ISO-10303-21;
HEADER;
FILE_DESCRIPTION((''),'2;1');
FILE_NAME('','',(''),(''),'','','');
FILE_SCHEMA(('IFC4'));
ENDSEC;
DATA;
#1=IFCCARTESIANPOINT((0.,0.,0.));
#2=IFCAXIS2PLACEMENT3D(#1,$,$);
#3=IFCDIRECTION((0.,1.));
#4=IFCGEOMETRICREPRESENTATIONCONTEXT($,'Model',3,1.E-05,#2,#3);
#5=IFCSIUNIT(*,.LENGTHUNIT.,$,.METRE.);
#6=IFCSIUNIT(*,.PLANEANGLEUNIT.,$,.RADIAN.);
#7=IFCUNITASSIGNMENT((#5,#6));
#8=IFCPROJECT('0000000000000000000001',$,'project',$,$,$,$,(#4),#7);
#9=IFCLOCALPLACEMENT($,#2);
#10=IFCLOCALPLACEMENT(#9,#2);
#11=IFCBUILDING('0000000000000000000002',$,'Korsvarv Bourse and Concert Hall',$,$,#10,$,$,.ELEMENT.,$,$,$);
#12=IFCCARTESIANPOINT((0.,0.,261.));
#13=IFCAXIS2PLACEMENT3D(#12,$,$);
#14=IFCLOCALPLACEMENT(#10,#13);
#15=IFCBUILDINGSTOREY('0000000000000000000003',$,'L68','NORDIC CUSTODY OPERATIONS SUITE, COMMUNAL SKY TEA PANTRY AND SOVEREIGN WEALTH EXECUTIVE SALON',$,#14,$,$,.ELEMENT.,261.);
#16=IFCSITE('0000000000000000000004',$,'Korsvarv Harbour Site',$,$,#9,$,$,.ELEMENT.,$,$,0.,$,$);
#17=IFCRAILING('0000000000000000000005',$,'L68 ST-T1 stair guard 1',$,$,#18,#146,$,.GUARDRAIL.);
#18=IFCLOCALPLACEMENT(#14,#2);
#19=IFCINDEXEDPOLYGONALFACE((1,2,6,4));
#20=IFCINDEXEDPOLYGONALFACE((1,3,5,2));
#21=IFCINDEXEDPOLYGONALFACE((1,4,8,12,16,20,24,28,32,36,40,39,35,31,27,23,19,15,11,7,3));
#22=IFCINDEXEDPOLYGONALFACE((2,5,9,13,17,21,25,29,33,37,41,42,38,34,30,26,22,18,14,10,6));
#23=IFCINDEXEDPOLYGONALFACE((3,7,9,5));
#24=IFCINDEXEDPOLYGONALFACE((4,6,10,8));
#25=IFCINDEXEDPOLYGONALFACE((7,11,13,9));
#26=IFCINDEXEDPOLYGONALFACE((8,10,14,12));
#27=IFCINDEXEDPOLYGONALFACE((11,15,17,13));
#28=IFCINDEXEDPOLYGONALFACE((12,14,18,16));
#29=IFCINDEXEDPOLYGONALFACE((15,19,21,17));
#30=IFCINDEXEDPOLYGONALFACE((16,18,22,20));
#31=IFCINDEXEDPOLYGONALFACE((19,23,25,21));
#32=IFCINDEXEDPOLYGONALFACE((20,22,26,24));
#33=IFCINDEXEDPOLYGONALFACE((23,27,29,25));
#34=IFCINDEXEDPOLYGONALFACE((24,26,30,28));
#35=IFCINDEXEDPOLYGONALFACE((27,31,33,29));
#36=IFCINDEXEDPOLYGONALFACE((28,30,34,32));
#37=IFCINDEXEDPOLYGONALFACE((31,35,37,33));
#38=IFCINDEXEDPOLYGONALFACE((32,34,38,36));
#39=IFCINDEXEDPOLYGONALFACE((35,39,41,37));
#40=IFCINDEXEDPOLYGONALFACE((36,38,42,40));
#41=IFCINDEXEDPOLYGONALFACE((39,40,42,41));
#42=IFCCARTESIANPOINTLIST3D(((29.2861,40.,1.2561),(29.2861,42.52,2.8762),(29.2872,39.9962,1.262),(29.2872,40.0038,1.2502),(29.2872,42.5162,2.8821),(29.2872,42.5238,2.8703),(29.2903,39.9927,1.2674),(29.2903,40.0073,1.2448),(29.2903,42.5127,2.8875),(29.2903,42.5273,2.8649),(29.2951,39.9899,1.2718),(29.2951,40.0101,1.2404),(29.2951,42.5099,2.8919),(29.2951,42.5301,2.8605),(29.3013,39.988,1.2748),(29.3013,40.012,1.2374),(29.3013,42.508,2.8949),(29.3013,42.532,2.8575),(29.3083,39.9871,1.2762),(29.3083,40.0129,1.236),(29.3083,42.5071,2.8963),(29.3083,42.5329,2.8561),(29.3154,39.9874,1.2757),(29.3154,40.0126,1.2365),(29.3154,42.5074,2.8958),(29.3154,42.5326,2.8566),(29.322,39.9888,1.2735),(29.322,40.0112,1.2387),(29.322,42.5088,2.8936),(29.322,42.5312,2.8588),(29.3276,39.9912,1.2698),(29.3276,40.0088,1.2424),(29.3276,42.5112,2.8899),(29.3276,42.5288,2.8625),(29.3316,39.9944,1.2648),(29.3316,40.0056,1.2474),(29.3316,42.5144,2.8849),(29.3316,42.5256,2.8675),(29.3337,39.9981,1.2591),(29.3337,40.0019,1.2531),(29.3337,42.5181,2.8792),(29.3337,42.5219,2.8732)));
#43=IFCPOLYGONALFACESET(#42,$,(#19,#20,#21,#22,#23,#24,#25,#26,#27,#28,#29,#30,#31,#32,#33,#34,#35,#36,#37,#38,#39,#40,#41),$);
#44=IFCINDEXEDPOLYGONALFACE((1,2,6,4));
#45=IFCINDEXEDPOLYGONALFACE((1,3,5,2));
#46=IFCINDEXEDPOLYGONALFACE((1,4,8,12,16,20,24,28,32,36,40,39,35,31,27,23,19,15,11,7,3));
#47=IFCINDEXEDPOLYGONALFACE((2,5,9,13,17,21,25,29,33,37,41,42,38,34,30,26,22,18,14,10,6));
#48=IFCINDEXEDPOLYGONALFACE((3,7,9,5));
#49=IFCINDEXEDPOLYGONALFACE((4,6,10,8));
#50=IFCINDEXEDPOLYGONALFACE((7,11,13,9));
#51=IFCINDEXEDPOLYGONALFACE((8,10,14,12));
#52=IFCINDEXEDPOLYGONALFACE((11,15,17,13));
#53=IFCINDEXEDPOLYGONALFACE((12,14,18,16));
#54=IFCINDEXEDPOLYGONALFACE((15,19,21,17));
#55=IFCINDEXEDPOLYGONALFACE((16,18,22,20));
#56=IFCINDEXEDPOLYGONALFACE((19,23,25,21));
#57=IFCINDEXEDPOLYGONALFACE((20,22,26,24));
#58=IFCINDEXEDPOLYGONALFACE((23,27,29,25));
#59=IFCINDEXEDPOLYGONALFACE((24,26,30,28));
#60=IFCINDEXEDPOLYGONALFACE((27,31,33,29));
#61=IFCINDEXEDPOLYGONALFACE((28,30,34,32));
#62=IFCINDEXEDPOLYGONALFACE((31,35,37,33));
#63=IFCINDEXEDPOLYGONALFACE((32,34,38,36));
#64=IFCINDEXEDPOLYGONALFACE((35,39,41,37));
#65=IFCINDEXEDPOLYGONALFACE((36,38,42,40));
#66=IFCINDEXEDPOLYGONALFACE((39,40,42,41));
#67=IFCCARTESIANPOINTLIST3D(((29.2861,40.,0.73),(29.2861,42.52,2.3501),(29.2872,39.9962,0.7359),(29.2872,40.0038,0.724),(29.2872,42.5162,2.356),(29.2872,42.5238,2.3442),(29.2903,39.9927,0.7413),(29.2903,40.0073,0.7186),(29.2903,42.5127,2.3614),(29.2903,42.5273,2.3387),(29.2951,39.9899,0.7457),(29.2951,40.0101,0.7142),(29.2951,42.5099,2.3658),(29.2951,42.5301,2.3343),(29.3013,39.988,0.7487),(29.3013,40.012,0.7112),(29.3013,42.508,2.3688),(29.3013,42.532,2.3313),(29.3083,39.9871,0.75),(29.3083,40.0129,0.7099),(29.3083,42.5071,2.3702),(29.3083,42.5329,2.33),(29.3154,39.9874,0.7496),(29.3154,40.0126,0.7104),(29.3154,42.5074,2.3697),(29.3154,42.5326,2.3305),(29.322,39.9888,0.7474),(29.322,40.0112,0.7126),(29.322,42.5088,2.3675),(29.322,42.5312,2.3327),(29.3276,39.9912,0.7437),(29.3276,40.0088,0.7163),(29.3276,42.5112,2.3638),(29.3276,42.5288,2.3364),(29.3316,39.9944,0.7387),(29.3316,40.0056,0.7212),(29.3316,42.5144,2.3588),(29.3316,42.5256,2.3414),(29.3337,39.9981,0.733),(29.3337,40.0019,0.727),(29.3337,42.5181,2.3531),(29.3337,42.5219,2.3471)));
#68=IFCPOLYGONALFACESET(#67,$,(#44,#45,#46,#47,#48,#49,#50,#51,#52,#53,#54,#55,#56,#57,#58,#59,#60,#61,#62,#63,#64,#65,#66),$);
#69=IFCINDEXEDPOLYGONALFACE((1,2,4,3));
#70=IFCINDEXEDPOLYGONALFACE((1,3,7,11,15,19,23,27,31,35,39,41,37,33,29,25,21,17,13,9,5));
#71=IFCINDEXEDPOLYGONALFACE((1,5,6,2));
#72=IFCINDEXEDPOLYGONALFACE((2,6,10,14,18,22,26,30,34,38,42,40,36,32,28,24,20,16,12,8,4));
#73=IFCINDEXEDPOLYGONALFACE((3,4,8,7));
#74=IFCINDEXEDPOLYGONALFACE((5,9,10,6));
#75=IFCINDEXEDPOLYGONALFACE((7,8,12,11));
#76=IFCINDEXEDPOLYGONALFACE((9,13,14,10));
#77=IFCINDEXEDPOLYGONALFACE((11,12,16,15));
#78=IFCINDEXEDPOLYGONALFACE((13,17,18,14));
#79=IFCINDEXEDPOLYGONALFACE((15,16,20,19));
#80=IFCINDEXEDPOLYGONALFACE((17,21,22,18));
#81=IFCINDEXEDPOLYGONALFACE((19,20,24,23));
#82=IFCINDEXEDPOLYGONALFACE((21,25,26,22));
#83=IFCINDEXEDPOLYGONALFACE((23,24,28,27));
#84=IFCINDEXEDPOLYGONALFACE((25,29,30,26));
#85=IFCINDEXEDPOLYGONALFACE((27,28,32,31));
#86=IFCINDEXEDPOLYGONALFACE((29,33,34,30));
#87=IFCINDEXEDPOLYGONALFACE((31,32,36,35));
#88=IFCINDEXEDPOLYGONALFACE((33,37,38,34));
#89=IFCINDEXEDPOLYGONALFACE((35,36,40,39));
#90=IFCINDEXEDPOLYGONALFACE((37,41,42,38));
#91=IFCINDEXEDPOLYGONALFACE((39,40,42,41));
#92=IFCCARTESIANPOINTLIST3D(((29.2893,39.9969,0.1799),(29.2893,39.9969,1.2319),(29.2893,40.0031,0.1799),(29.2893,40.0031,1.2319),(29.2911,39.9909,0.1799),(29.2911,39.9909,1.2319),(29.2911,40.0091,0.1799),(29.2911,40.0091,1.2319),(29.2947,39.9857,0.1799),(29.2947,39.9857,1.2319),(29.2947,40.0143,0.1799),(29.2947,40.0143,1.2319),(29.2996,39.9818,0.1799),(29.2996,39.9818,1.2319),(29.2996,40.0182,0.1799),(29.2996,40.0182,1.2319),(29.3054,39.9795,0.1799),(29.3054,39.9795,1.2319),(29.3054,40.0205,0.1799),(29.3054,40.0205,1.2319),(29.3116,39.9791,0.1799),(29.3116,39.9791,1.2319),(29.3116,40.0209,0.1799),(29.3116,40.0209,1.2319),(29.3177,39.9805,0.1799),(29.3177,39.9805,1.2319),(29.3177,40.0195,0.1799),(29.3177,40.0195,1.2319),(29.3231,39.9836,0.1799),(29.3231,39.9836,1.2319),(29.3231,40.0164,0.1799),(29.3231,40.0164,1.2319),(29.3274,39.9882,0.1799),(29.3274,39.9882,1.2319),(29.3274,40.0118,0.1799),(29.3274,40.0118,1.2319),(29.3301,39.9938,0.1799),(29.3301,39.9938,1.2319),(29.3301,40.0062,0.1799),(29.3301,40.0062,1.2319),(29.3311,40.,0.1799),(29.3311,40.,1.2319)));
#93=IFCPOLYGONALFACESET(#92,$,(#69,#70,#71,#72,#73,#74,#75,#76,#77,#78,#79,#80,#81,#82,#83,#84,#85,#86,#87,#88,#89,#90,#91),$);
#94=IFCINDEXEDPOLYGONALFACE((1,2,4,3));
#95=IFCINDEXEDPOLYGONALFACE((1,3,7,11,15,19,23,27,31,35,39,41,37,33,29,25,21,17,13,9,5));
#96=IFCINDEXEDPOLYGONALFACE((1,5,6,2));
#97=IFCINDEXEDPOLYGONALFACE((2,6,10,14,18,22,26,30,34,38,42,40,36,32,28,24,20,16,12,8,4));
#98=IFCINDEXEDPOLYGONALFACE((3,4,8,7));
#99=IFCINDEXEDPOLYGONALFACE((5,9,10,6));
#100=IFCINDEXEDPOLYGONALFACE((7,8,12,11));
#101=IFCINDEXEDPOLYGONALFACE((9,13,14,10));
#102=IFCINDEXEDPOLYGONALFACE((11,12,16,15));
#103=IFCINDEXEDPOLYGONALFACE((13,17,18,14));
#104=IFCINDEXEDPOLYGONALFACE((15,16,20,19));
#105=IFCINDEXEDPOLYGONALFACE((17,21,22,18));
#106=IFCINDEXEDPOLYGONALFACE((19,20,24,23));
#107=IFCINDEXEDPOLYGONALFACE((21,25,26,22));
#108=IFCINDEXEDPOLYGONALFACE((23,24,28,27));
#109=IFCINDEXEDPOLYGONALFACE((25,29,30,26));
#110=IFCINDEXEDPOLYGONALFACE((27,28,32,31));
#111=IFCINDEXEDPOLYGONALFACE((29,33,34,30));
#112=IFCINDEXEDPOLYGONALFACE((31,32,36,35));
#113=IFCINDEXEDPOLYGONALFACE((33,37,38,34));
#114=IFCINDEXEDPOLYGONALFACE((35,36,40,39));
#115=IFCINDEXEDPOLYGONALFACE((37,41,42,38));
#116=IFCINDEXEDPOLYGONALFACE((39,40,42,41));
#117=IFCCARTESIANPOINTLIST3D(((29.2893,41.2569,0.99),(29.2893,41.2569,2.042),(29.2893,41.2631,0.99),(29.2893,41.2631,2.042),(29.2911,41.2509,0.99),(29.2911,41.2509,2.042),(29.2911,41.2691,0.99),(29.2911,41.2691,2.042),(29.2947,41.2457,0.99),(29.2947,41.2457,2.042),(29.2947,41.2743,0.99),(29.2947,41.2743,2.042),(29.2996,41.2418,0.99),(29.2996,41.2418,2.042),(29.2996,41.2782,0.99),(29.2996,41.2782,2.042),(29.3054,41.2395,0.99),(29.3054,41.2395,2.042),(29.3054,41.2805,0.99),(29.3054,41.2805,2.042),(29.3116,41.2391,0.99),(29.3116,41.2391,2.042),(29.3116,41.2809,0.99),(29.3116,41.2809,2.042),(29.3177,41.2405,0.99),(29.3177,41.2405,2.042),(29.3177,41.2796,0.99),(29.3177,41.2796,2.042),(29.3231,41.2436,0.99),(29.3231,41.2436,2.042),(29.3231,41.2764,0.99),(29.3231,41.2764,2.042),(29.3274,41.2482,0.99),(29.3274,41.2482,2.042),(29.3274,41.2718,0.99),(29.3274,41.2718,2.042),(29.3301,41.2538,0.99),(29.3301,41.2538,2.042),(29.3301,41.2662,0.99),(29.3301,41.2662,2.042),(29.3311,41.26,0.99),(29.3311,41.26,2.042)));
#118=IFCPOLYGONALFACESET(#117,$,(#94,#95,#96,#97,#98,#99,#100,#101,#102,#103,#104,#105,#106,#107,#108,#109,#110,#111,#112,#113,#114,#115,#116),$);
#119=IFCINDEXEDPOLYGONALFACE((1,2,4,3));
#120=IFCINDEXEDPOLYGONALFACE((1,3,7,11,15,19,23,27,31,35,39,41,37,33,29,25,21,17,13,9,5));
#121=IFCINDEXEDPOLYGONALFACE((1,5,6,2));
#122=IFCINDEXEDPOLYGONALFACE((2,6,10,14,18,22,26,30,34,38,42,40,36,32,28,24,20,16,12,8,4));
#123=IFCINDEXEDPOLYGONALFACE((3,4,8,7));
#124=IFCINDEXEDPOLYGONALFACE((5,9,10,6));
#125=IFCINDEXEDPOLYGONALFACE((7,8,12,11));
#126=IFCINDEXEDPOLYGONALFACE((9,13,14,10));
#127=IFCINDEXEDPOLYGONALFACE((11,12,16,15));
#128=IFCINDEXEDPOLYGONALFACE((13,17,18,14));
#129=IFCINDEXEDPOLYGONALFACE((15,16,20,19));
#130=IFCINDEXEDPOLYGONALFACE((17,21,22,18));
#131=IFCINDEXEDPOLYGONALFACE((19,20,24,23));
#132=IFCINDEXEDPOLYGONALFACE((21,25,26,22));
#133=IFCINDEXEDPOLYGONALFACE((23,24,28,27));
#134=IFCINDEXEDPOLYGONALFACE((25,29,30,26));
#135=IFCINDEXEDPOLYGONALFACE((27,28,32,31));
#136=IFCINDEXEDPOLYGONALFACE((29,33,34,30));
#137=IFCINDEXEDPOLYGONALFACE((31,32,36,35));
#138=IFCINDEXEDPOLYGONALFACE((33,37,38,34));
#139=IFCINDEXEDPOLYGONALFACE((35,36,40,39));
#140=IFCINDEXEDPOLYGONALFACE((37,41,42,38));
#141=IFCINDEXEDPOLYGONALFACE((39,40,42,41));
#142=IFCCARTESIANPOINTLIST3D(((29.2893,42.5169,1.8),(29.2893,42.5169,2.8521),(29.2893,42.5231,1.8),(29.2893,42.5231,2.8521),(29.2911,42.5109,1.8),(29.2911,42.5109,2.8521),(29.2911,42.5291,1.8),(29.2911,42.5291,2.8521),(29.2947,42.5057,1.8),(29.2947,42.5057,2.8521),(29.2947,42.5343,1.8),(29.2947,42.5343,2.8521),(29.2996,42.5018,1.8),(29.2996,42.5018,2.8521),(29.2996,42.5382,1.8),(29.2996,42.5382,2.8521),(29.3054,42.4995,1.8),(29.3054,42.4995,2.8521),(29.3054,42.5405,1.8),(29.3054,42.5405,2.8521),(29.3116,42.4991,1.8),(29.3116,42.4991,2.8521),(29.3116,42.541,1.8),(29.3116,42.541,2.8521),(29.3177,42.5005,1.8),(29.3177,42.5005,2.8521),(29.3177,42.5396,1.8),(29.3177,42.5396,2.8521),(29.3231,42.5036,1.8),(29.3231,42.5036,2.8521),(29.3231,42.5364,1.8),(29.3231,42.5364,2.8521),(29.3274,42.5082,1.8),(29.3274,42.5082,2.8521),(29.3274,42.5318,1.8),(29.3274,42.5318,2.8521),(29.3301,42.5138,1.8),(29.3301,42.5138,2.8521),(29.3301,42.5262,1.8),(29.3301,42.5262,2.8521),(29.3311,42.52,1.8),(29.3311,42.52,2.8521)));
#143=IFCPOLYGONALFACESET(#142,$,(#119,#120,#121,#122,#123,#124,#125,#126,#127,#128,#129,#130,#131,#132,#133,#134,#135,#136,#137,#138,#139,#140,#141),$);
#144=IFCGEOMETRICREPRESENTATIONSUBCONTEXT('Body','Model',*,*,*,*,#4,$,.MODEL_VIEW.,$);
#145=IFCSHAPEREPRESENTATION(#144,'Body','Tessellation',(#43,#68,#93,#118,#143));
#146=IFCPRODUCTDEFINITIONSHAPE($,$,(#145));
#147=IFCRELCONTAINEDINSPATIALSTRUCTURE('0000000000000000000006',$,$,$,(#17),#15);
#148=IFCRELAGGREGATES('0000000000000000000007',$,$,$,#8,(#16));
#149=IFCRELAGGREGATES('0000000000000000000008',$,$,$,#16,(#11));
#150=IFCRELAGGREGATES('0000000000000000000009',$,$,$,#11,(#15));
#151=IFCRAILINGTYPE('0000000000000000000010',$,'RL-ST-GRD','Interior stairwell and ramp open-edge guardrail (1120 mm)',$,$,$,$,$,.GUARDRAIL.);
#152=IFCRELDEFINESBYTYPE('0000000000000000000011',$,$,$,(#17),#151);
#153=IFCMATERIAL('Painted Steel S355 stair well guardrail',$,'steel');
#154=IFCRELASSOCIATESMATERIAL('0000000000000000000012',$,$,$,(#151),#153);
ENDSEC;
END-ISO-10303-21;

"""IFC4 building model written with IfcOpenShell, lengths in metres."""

from ifc_helpers import new_model, si_unit, direction, frame, origin, origin_2d, place, context, subcontext, project, spatial, circle, extrude, material, type_object, element, save


model = new_model("IFC4")

# Units and contexts
model_context = context("Model", 3, precision=1e-05, world=origin(), true_north=direction((0.0, 1.0)))
body_context = subcontext(model_context, "Body", "Model", "MODEL_VIEW")
ifc_project = project(units=[si_unit("LENGTHUNIT", "METRE"), si_unit("PLANEANGLEUNIT", "RADIAN")], contexts=[model_context])

# Site, building, storey
site_placement = place(None, origin())
site = spatial("IfcSite", under=ifc_project, at=site_placement, Name="Korsvarv Harbour Site", CompositionType="ELEMENT", RefElevation=0.0)
building_placement = place(site_placement, origin())
building = spatial("IfcBuilding", under=site, at=building_placement, Name="Korsvarv Bourse and Concert Hall", CompositionType="ELEMENT")
storey_placement = place(building_placement, frame((0.0, 0.0, 261.0)))
storey = spatial("IfcBuildingStorey", under=building, at=storey_placement, Name="L68", Description="NORDIC CUSTODY OPERATIONS SUITE, COMMUNAL SKY TEA PANTRY AND SOVEREIGN WEALTH EXECUTIVE SALON", CompositionType="ELEMENT", Elevation=261.0)

# Railing
ifc_material_1 = material(Name="Painted Steel S355 stair well guardrail", Category="steel")
railing_type_1 = type_object("IfcRailingType", Name="RL-ST-GRD", Description="Interior stairwell and ramp open-edge guardrail (1120 mm)", PredefinedType="GUARDRAIL", material=ifc_material_1)
railing_1_placement = place(storey_placement, frame((29.3101, 40.0, 0.1799)))
element("IfcRailing", 1, at=railing_1_placement, inside=storey, type_object=railing_type_1, Name="L68 ST-T1 stair guard 1", PredefinedType="GUARDRAIL", context=body_context, shape_type="SweptSolid", body=[
    extrude(circle(Radius=0.0239, at=origin_2d()), frame((0.0, 0.0, 1.0762), z_axis=(0.0, 0.841163, 0.540782), x_axis=(-1.0, 0.0, 0.0)), (0.0, 0.0, 1.0), 2.9958),
    extrude(circle(Radius=0.0239, at=origin_2d()), frame((0.0, 0.0, 0.55), z_axis=(0.0, 0.841163, 0.540782), x_axis=(-1.0, 0.0, 0.0)), (0.0, 0.0, 1.0), 2.9958),
    extrude(circle(Radius=0.021, at=origin_2d()), origin(), (0.0, 0.0, 1.0), 1.052),
    extrude(circle(Radius=0.021, at=origin_2d()), frame((0.0, 1.26, 0.8101)), (0.0, 0.0, 1.0), 1.052),
    extrude(circle(Radius=0.021, at=origin_2d()), frame((0.0, 2.52, 1.6201)), (0.0, 0.0, 1.0), 1.052),
])

save(model, "model.ifc")
